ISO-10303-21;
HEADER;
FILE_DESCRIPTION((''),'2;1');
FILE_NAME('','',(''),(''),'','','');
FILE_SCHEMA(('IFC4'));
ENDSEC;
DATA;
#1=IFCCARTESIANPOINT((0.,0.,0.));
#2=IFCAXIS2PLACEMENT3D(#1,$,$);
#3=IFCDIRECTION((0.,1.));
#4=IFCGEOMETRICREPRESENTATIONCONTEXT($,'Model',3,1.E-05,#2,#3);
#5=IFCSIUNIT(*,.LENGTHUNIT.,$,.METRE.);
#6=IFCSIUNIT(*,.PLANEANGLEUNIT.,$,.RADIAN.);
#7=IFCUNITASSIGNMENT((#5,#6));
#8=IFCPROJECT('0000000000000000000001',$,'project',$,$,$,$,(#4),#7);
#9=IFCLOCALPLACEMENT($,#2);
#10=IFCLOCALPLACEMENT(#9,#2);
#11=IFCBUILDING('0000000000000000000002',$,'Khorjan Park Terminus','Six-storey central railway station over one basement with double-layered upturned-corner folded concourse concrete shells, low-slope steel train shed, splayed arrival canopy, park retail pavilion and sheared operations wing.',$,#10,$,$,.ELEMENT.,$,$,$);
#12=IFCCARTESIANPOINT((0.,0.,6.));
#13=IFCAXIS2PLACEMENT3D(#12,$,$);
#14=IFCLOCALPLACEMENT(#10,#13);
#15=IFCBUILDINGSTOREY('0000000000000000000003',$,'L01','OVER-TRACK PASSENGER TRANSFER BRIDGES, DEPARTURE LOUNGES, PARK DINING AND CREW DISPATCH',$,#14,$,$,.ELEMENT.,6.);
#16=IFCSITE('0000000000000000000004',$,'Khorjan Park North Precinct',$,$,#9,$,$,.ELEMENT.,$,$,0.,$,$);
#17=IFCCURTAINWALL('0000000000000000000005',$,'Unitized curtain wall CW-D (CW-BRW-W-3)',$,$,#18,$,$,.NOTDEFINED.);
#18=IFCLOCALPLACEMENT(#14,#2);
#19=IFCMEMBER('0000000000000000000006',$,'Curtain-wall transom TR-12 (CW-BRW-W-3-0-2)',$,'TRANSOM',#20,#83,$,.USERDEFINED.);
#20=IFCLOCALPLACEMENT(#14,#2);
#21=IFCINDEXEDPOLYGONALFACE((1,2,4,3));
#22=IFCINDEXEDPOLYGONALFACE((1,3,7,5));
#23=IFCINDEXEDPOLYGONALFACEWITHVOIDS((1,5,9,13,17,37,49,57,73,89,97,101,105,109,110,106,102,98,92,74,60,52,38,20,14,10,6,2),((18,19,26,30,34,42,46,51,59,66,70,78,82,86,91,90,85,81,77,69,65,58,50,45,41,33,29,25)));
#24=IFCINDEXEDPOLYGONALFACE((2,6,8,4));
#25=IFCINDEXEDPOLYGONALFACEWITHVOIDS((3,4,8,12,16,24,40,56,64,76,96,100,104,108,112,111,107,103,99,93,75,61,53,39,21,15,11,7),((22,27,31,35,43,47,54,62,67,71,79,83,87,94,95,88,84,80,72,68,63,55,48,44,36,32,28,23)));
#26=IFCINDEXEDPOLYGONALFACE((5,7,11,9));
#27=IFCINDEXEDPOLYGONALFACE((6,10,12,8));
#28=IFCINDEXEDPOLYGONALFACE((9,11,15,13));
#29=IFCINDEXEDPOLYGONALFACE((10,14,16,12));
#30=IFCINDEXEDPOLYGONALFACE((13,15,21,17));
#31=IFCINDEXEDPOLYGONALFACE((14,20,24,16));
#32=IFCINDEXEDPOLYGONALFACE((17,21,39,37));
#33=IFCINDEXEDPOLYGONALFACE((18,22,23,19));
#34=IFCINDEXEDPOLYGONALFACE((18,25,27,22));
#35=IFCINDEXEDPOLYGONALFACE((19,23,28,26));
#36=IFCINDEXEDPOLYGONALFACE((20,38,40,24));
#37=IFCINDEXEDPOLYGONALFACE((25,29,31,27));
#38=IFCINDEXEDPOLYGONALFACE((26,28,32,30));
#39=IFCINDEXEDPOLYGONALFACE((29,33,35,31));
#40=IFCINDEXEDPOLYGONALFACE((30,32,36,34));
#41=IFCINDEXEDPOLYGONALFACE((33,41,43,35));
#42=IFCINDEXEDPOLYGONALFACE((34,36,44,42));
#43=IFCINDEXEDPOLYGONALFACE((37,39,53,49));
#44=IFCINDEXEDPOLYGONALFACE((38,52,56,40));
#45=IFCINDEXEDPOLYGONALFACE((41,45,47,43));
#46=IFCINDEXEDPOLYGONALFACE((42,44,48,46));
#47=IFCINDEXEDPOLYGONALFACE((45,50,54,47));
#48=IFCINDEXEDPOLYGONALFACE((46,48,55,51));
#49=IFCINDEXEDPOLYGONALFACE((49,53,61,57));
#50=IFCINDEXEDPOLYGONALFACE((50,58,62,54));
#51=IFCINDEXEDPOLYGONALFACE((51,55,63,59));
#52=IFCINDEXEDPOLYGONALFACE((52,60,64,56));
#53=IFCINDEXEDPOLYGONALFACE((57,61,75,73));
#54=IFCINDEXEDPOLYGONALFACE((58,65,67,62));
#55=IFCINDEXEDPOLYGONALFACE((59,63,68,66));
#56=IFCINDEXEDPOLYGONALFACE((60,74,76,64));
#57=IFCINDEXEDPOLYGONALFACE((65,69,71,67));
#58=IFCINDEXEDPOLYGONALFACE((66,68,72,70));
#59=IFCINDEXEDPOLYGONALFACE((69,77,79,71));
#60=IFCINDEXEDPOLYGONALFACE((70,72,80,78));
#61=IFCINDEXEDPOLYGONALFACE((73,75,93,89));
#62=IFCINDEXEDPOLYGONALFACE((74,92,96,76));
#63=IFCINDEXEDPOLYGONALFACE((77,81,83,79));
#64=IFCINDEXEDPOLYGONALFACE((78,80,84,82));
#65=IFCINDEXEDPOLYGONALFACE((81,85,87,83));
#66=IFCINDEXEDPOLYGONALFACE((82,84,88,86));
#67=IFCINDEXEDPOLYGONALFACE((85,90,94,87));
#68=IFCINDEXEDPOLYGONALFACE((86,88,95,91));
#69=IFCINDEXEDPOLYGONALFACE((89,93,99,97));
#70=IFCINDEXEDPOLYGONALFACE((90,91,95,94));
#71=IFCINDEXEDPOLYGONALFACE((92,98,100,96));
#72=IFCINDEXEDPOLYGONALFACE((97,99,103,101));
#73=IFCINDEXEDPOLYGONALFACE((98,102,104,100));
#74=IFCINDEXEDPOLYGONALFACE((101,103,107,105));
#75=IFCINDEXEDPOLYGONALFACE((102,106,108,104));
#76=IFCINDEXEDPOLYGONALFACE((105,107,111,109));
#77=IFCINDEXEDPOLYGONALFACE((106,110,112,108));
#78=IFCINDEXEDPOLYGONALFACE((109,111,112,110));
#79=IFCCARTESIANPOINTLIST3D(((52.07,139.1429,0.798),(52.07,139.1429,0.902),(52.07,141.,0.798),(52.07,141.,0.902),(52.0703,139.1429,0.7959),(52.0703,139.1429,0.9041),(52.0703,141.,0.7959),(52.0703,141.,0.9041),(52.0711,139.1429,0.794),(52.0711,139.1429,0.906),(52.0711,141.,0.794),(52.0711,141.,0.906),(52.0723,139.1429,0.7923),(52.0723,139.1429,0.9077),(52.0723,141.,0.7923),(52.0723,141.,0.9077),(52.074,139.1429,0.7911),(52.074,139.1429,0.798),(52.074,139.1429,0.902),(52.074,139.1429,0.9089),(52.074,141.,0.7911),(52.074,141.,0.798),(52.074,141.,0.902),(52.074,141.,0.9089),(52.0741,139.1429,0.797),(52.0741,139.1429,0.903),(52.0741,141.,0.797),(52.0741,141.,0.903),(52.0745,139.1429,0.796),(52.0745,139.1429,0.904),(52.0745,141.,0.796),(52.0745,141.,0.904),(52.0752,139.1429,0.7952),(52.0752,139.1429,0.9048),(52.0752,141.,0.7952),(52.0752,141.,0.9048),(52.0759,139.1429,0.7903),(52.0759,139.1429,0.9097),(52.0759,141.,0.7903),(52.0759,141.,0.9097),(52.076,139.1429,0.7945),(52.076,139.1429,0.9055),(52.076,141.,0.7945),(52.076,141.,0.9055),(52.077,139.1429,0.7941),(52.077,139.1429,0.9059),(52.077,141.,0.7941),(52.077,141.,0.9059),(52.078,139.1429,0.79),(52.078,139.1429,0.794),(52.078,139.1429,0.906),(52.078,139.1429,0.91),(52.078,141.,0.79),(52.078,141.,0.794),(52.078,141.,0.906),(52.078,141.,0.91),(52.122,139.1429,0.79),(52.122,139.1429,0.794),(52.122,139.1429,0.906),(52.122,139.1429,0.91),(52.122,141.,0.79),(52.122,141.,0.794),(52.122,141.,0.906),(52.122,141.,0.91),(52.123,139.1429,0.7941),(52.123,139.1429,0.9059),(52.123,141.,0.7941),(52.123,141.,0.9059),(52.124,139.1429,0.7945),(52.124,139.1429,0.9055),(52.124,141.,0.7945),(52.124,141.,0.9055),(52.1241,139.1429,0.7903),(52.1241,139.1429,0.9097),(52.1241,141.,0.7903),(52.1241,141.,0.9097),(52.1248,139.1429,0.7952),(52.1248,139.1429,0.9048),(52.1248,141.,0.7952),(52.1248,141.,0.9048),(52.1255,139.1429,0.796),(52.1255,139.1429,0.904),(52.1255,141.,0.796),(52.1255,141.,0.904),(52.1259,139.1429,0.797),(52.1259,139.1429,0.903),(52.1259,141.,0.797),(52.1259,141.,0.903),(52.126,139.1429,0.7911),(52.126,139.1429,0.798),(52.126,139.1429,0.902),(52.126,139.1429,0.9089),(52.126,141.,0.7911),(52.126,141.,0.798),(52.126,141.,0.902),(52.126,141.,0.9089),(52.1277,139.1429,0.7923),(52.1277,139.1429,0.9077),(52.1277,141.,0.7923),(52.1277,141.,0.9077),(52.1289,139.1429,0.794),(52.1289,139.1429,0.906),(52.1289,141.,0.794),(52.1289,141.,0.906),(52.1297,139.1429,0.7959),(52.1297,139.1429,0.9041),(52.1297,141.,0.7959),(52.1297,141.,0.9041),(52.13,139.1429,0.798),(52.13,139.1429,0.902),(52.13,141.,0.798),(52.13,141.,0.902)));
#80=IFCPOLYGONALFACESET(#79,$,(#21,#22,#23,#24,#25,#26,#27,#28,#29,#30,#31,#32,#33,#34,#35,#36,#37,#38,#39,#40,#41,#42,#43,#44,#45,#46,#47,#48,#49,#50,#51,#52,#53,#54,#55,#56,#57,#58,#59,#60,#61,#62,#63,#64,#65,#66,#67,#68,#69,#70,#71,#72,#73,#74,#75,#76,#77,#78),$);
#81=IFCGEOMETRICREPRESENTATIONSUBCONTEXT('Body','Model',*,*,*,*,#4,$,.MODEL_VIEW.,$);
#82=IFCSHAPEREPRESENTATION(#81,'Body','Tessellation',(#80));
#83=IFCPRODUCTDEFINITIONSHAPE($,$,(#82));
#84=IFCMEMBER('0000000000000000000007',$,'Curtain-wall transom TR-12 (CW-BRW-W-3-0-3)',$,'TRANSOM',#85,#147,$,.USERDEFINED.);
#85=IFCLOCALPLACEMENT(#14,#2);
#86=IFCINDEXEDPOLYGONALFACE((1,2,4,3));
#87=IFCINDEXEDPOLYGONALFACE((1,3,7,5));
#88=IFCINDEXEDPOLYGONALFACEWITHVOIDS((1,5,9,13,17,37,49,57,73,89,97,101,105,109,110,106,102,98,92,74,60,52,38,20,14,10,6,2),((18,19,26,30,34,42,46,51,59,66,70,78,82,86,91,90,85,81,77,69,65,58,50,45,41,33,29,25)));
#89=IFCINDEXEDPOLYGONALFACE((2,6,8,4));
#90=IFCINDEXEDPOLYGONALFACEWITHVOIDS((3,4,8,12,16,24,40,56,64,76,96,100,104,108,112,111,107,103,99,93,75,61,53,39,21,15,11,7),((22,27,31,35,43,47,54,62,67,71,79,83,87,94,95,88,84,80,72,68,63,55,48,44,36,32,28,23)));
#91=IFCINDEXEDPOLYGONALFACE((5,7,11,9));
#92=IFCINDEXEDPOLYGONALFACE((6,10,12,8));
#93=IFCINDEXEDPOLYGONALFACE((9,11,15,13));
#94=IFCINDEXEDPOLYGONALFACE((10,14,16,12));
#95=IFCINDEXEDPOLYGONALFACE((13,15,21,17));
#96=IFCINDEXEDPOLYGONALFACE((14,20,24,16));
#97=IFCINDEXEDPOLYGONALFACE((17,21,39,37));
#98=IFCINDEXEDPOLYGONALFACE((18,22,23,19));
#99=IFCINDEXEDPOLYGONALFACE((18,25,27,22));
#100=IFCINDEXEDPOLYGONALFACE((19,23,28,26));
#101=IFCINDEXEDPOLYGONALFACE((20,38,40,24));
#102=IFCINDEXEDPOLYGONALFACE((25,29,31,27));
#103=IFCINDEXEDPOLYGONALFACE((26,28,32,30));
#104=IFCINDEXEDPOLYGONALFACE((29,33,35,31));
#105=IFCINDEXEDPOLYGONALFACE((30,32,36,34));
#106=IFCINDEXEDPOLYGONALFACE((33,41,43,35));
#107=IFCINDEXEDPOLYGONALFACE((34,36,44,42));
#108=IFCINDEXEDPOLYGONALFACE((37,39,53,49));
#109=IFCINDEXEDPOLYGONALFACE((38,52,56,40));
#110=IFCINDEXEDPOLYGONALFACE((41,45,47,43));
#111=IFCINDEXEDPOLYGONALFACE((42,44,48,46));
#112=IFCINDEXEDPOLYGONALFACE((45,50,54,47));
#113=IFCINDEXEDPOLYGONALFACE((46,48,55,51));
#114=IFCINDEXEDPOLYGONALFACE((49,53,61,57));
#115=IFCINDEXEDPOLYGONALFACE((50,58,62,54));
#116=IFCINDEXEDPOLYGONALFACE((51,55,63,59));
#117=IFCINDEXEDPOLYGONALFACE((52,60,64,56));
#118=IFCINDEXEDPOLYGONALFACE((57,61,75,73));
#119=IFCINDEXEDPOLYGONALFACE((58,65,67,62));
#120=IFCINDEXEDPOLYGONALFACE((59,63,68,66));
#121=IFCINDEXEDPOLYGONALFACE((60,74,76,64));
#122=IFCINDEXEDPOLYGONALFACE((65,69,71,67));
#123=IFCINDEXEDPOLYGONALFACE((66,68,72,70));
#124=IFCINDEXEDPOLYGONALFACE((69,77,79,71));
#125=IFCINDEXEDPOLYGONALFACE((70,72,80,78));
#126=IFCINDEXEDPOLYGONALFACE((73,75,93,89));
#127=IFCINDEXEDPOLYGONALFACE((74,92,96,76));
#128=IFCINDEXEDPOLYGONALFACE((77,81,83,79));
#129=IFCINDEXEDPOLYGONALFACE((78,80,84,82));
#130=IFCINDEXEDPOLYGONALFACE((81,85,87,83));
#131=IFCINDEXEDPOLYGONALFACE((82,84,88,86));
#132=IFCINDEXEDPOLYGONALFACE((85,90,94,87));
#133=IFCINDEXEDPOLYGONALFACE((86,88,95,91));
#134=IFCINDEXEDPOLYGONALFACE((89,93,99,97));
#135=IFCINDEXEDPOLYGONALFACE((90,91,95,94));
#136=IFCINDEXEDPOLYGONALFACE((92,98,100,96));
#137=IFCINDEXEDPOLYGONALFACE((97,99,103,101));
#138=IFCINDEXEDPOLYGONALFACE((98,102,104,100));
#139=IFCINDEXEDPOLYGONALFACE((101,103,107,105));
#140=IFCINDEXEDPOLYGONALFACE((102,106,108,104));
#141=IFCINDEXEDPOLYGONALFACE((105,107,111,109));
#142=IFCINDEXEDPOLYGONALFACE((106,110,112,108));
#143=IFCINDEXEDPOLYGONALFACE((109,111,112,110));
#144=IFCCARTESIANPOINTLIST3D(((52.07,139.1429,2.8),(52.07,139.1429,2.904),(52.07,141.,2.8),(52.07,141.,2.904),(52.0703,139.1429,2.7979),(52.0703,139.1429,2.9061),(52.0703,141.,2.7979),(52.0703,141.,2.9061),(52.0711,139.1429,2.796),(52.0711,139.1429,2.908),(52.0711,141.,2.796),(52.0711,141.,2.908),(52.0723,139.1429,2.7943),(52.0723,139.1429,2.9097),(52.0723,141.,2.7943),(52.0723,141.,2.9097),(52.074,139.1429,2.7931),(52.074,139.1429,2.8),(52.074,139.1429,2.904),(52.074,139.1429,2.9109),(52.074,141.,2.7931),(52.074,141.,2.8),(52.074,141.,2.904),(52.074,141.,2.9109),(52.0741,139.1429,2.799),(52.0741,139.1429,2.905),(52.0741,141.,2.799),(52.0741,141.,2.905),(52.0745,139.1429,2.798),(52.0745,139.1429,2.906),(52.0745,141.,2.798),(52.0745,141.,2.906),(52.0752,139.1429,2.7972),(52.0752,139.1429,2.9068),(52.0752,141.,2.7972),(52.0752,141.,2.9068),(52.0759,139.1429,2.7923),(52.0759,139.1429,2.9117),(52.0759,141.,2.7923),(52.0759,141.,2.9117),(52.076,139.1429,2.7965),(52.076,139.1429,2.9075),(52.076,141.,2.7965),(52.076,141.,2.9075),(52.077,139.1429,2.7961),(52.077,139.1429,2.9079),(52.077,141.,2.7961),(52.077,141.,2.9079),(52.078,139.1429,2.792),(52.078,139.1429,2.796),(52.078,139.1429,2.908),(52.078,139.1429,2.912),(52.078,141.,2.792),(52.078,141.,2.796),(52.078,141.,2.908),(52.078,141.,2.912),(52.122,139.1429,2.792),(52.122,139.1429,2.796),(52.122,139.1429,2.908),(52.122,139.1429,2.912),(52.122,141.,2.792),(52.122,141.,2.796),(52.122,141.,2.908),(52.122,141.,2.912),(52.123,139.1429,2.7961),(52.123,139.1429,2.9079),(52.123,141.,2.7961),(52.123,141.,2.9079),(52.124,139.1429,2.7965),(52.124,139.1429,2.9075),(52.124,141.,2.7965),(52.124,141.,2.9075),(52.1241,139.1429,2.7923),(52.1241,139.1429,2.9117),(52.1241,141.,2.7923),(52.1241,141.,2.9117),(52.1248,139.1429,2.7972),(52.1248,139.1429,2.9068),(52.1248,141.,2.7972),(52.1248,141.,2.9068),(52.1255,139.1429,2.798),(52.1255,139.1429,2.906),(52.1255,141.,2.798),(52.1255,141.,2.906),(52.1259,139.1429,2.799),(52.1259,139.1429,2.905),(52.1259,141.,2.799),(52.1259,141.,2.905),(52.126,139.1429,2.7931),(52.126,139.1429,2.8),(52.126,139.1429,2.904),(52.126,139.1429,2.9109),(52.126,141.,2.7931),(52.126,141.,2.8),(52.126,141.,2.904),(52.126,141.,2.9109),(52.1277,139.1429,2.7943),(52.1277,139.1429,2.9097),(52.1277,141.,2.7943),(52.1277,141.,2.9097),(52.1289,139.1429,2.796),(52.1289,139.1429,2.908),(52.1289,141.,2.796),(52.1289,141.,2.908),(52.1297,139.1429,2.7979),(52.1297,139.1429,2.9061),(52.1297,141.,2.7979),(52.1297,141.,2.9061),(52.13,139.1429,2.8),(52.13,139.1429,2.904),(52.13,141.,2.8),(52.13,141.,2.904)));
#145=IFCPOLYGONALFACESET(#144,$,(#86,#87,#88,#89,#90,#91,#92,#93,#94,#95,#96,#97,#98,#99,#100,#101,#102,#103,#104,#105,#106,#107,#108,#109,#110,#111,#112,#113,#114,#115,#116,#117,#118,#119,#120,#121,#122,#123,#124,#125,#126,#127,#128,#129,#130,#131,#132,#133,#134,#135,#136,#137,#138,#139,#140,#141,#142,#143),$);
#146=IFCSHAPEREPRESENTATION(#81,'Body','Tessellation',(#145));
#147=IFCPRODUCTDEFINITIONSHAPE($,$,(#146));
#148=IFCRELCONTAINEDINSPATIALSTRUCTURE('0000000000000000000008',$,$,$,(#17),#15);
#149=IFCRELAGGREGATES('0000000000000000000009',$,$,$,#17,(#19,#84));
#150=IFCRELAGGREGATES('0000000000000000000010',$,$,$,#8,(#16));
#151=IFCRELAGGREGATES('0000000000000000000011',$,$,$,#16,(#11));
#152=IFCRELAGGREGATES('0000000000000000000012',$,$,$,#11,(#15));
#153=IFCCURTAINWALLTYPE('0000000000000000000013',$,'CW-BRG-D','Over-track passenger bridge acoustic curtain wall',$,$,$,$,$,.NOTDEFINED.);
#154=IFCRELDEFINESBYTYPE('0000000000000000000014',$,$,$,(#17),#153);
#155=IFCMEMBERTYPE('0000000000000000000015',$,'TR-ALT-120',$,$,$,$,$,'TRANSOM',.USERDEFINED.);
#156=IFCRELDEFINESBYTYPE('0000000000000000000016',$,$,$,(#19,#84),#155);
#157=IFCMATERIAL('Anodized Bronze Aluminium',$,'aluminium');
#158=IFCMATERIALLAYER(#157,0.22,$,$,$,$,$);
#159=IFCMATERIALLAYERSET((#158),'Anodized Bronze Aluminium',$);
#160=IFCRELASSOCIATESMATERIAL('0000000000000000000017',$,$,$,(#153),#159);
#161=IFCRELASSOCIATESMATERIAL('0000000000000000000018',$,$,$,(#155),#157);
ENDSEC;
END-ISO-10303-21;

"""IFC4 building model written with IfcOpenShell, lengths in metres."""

from ifc_helpers import new_model, si_unit, direction, frame, origin, origin_2d, place, context, subcontext, project, spatial, hollow_rectangle, extrude, material, layer, layer_set, material_profile, profile_set, type_object, element, aggregate, save


model = new_model("IFC4")

# Units and contexts
model_context = context("Model", 3, precision=1e-05, world=origin(), true_north=direction((0.0, 1.0)))
body_context = subcontext(model_context, "Body", "Model", "MODEL_VIEW")
ifc_project = project(units=[si_unit("LENGTHUNIT", "METRE"), si_unit("PLANEANGLEUNIT", "RADIAN")], contexts=[model_context])

# Site, building, storey
site_placement = place(None, origin())
site = spatial("IfcSite", under=ifc_project, at=site_placement, Name="Khorjan Park North Precinct", CompositionType="ELEMENT", RefElevation=0.0)
building_placement = place(site_placement, origin())
building = spatial("IfcBuilding", under=site, at=building_placement, Name="Khorjan Park Terminus", Description="Six-storey central railway station over one basement with double-layered upturned-corner folded concourse concrete shells, low-slope steel train shed, splayed arrival canopy, park retail pavilion and sheared operations wing.", CompositionType="ELEMENT")
storey_placement = place(building_placement, frame((0.0, 0.0, 6.0)))
storey = spatial("IfcBuildingStorey", under=building, at=storey_placement, Name="L01", Description="OVER-TRACK PASSENGER TRANSFER BRIDGES, DEPARTURE LOUNGES, PARK DINING AND CREW DISPATCH", CompositionType="ELEMENT", Elevation=6.0)

# Curtain wall
ifc_material_1 = material(Name="Anodized Bronze Aluminium", Category="aluminium")
ifc_layer_1 = layer(ifc_material_1, 0.22)
ifc_layer_set_1 = layer_set([ifc_layer_1], Name="Anodized Bronze Aluminium")
curtain_wall_type = type_object("IfcCurtainWallType", Name="CW-BRG-D", Description="Over-track passenger bridge acoustic curtain wall", PredefinedType="NOTDEFINED", material=ifc_layer_set_1)
curtain_wall_1_placement = place(storey_placement, origin())
curtain_wall_1 = element("IfcCurtainWall", 1, at=curtain_wall_1_placement, inside=storey, type_object=curtain_wall_type, Name="Unitized curtain wall CW-D (CW-BRW-W-3)", PredefinedType="NOTDEFINED")

# Members
ifc_material_profile_1 = material_profile(ifc_material_1, hollow_rectangle(XDim=0.06, YDim=0.12, WallThickness=0.004, InnerFilletRadius=0.004, OuterFilletRadius=0.008, at=origin_2d()), Name="ALT 60x120x4")
ifc_profile_set_1 = profile_set([ifc_material_profile_1], Name="Anodized Bronze Aluminium")
member_type_1 = type_object("IfcMemberType", Name="TR-ALT-120", ElementType="TRANSOM", PredefinedType="USERDEFINED", material=ifc_profile_set_1)
member_1_placement = place(storey_placement, frame((52.1, 141.0, 0.85), z_axis=(0.0, -1.0, 0.0), x_axis=(1.0, 0.0, 0.0)))
member_1 = element("IfcMember", 2, at=member_1_placement, type_object=member_type_1, Name="Curtain-wall transom TR-12 (CW-BRW-W-3-0-2)", ObjectType="TRANSOM", PredefinedType="USERDEFINED", context=body_context, shape_type="SweptSolid", body=[
    extrude(hollow_rectangle(XDim=0.06, YDim=0.12, WallThickness=0.004, InnerFilletRadius=0.004, OuterFilletRadius=0.008, at=origin_2d()), origin(), (0.0, 0.0, 1.0), 1.8571),
])
member_2_placement = place(storey_placement, frame((52.1, 141.0, 2.852), z_axis=(0.0, -1.0, 0.0), x_axis=(1.0, 0.0, 0.0)))
member_2 = element("IfcMember", 3, at=member_2_placement, type_object=member_type_1, Name="Curtain-wall transom TR-12 (CW-BRW-W-3-0-3)", ObjectType="TRANSOM", PredefinedType="USERDEFINED", context=body_context, shape_type="SweptSolid", body=[
    extrude(hollow_rectangle(XDim=0.06, YDim=0.12, WallThickness=0.004, InnerFilletRadius=0.004, OuterFilletRadius=0.008, at=origin_2d()), origin(), (0.0, 0.0, 1.0), 1.8571),
])

aggregate(curtain_wall_1, [member_1, member_2])

save(model, "model.ifc")
